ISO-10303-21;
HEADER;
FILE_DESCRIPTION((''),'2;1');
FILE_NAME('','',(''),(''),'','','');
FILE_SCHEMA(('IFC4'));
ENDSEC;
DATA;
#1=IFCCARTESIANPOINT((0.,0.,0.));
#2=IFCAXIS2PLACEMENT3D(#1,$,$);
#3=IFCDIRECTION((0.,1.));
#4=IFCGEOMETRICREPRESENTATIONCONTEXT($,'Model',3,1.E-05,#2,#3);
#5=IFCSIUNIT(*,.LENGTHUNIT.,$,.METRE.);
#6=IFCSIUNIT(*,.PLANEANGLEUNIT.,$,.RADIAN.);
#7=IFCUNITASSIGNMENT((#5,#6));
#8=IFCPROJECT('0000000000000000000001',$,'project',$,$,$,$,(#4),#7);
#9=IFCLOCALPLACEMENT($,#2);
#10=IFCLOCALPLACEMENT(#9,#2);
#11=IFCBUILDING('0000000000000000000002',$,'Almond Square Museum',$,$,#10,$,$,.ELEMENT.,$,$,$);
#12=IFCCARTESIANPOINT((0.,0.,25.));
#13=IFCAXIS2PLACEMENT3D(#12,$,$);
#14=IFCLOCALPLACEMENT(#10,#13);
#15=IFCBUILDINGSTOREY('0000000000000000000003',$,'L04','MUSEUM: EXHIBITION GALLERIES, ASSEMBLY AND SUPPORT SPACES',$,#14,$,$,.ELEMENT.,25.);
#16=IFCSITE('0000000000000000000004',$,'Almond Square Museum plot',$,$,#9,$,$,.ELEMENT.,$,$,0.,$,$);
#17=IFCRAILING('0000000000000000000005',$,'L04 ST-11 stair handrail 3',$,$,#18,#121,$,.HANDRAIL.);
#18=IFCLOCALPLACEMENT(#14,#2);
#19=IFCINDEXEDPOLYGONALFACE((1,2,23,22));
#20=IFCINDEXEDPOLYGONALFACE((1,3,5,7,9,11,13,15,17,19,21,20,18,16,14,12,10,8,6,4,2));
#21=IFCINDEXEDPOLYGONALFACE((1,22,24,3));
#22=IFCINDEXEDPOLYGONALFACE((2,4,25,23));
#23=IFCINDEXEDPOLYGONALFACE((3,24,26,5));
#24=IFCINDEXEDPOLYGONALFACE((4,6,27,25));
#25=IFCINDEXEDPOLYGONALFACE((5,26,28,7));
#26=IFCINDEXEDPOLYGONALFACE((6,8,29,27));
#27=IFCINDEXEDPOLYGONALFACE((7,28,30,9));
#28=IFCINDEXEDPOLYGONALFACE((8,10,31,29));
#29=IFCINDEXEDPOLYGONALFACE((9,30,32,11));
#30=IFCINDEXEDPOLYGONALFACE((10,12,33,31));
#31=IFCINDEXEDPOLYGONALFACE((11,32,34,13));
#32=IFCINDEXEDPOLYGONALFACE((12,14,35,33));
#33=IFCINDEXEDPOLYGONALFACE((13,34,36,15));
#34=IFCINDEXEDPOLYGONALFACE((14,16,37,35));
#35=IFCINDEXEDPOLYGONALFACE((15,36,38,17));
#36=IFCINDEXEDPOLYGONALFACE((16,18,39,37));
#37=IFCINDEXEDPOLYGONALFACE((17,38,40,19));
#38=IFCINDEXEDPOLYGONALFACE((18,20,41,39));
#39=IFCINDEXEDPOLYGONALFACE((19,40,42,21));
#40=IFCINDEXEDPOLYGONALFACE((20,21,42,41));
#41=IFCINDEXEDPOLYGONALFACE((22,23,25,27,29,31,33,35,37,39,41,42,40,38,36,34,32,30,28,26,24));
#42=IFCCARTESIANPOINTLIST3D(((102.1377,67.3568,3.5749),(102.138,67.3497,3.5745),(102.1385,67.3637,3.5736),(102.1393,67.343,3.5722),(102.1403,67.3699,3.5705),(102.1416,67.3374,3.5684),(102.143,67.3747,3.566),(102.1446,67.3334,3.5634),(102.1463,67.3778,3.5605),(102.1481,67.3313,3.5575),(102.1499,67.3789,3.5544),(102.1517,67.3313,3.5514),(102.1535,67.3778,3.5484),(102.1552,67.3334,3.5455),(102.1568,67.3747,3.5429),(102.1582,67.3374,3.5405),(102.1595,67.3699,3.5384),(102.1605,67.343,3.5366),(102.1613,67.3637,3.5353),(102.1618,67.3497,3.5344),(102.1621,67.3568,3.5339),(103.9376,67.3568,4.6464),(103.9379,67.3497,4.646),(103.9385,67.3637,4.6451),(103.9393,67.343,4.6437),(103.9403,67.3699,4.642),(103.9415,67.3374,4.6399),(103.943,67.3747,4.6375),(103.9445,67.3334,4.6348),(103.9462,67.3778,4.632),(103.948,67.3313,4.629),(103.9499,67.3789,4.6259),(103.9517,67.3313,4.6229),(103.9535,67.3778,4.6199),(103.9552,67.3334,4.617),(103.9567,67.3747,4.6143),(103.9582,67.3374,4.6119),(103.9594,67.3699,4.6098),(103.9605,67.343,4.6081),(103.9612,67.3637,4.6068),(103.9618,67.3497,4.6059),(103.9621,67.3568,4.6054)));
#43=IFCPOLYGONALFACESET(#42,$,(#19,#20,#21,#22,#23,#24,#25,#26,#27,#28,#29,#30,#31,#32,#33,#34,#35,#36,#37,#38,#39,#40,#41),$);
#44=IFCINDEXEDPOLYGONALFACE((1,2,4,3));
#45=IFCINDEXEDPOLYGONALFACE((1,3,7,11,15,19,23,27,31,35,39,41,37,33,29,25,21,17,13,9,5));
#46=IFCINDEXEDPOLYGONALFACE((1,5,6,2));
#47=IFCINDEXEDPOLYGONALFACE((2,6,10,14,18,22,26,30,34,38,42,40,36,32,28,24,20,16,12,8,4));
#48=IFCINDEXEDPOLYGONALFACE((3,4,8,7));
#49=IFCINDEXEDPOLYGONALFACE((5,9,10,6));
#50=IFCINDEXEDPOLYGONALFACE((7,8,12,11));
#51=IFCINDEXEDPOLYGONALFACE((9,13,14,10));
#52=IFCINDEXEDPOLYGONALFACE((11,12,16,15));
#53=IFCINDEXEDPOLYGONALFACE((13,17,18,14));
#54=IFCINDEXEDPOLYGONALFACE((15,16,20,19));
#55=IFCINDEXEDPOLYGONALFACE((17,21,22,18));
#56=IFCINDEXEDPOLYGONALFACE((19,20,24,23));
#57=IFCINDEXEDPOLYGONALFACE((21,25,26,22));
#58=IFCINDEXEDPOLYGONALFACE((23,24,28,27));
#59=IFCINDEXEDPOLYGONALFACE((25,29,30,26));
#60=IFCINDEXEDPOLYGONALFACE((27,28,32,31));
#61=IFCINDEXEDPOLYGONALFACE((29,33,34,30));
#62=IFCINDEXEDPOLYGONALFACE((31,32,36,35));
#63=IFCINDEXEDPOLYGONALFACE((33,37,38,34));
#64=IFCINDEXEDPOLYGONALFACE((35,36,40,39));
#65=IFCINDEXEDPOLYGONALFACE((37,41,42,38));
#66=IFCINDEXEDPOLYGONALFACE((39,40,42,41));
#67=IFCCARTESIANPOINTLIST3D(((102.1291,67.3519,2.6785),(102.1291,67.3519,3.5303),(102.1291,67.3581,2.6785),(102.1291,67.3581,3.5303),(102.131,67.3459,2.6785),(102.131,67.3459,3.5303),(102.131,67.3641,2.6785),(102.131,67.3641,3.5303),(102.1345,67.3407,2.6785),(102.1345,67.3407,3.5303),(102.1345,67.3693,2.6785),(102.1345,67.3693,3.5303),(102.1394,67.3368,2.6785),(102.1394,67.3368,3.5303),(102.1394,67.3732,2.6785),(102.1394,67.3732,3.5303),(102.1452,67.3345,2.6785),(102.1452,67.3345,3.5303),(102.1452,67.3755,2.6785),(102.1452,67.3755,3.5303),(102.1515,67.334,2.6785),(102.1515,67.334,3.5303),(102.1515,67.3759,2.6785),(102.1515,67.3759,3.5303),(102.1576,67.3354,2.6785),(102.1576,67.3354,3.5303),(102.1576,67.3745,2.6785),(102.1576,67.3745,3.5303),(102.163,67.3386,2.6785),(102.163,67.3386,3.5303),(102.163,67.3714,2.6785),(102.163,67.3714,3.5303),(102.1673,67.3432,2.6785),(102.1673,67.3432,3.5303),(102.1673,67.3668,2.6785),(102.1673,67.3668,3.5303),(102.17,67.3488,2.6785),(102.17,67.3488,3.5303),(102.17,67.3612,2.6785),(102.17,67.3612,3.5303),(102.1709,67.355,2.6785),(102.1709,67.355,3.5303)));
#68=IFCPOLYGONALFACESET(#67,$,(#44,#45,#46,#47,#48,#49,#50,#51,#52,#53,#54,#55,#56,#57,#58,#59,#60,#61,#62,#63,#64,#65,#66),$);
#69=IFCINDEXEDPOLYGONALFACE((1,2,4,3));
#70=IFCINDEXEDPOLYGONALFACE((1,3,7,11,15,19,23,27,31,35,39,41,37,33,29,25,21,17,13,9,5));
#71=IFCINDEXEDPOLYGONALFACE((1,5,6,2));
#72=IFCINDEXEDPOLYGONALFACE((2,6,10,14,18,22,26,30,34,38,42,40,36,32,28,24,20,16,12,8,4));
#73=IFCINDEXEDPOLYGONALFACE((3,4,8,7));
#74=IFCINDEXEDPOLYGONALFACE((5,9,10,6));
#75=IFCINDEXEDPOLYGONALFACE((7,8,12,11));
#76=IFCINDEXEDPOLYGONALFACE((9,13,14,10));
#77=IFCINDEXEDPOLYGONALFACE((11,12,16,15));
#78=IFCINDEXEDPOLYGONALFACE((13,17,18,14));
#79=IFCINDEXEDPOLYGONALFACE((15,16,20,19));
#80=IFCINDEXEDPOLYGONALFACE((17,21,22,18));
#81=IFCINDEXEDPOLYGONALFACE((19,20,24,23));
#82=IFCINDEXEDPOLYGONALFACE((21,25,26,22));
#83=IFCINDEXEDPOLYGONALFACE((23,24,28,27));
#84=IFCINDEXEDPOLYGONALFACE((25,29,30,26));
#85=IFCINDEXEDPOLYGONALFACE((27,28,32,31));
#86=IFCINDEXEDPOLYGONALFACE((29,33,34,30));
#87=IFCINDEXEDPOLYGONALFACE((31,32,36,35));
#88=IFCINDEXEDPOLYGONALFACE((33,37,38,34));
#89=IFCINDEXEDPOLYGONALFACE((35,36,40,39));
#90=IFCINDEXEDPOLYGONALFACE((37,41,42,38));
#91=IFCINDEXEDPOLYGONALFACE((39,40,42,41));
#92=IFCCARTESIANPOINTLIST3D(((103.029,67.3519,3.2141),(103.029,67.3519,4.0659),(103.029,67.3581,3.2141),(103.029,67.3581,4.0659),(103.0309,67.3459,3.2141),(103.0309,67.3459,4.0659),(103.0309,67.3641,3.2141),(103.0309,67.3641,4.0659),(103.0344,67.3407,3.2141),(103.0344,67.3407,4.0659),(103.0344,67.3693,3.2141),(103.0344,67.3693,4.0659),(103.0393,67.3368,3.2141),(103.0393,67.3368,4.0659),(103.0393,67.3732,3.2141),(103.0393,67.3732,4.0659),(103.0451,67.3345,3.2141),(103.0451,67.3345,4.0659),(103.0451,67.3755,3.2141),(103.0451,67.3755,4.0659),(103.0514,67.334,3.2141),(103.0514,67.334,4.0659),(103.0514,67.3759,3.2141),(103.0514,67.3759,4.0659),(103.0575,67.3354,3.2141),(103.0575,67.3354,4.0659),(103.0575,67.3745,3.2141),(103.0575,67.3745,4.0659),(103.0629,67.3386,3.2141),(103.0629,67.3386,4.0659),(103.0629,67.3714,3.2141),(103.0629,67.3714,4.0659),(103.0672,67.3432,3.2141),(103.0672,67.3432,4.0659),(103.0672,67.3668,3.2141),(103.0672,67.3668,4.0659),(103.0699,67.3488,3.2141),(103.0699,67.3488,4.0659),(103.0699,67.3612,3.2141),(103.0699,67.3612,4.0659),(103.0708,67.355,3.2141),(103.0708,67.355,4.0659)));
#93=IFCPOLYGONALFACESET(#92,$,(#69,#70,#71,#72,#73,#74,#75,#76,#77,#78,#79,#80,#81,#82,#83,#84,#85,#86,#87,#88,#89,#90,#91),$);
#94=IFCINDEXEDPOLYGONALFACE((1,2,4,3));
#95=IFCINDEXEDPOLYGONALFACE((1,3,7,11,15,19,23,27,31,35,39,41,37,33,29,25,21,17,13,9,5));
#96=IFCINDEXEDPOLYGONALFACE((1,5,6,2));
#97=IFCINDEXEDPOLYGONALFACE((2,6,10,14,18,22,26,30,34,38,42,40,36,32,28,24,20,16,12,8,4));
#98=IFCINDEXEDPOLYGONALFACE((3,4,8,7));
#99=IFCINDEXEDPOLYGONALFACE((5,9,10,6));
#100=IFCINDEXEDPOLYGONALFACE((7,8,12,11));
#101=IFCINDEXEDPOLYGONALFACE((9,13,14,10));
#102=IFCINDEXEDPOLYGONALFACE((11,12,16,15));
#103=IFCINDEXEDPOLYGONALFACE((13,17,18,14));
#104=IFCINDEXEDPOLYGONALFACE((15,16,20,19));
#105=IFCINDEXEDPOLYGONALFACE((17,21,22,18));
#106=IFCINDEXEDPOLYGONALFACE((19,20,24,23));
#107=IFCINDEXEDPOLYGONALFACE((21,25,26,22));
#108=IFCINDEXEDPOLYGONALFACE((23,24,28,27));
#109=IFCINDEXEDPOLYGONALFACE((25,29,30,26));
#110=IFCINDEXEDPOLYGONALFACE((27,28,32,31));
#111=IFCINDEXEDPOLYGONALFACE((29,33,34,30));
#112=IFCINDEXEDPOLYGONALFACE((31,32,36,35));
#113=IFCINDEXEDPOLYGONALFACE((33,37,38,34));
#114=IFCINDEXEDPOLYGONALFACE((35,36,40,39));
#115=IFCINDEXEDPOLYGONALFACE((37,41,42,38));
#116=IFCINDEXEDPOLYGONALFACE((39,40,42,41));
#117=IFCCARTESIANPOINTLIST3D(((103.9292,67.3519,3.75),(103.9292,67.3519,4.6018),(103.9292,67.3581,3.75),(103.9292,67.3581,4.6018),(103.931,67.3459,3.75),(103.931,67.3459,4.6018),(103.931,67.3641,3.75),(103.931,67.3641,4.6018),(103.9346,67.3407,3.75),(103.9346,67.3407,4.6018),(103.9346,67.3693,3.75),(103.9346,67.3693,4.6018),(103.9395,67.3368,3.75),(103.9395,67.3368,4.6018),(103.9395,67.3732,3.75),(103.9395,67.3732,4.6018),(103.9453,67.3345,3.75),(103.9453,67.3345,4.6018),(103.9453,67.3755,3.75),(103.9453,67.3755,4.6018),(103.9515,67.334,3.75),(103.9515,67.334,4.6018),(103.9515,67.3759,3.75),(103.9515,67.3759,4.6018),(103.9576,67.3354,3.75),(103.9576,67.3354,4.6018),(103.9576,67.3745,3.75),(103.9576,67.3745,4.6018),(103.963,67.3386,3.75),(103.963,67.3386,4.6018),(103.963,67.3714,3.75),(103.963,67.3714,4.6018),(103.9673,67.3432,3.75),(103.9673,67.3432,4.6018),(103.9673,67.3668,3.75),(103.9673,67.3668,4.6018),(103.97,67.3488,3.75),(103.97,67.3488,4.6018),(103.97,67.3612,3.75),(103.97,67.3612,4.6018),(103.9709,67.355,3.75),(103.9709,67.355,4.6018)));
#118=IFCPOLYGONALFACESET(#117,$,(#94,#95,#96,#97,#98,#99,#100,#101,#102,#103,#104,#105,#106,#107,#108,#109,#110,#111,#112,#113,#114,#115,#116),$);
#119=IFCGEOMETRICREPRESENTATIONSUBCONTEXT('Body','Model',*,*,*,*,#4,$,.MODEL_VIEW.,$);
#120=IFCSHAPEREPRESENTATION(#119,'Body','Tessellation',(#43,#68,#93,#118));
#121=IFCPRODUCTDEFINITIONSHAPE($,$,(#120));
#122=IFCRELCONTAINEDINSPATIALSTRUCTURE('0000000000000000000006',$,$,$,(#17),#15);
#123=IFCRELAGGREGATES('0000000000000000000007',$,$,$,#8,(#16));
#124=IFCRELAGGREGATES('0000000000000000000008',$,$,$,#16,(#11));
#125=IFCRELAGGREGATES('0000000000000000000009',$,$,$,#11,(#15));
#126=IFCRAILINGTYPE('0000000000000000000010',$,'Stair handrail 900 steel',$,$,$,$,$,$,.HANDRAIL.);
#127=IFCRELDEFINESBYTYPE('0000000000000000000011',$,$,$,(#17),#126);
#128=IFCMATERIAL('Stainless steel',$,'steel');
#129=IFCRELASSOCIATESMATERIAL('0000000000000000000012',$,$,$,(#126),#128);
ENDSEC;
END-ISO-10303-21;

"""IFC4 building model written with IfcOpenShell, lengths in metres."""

from ifc_helpers import new_model, si_unit, direction, frame, origin, origin_2d, place, context, subcontext, project, spatial, circle, extrude, material, type_object, element, save


model = new_model("IFC4")

# Units and contexts
model_context = context("Model", 3, precision=1e-05, world=origin(), true_north=direction((0.0, 1.0)))
body_context = subcontext(model_context, "Body", "Model", "MODEL_VIEW")
ifc_project = project(units=[si_unit("LENGTHUNIT", "METRE"), si_unit("PLANEANGLEUNIT", "RADIAN")], contexts=[model_context])

# Site, building, storey
site_placement = place(None, origin())
site = spatial("IfcSite", under=ifc_project, at=site_placement, Name="Almond Square Museum plot", CompositionType="ELEMENT", RefElevation=0.0)
building_placement = place(site_placement, origin())
building = spatial("IfcBuilding", under=site, at=building_placement, Name="Almond Square Museum", CompositionType="ELEMENT")
storey_placement = place(building_placement, frame((0.0, 0.0, 25.0)))
storey = spatial("IfcBuildingStorey", under=building, at=storey_placement, Name="L04", Description="MUSEUM: EXHIBITION GALLERIES, ASSEMBLY AND SUPPORT SPACES", CompositionType="ELEMENT", Elevation=25.0)

# Railing
ifc_material_1 = material(Name="Stainless steel", Category="steel")
railing_type_1 = type_object("IfcRailingType", Name="Stair handrail 900 steel", PredefinedType="HANDRAIL", material=ifc_material_1)
railing_1_placement = place(storey_placement, frame((102.1499, 67.355, 2.6785)))
element("IfcRailing", 1, at=railing_1_placement, inside=storey, type_object=railing_type_1, Name="L04 ST-11 stair handrail 3", PredefinedType="HANDRAIL", context=body_context, shape_type="SweptSolid", body=[
    extrude(circle(Radius=0.0239, at=origin_2d()), frame((0.0, 0.0, 0.876), z_axis=(0.859277, 0.0, 0.51151), x_axis=(0.0, 1.0, 0.0)), (0.0, 0.0, 1.0), 2.0947),
    extrude(circle(Radius=0.021, at=origin_2d()), origin(), (0.0, 0.0, 1.0), 0.8518),
    extrude(circle(Radius=0.021, at=origin_2d()), frame((0.8999, 0.0, 0.5356)), (0.0, 0.0, 1.0), 0.8518),
    extrude(circle(Radius=0.021, at=origin_2d()), frame((1.8, 0.0, 1.0715)), (0.0, 0.0, 1.0), 0.8518),
])

save(model, "model.ifc")
